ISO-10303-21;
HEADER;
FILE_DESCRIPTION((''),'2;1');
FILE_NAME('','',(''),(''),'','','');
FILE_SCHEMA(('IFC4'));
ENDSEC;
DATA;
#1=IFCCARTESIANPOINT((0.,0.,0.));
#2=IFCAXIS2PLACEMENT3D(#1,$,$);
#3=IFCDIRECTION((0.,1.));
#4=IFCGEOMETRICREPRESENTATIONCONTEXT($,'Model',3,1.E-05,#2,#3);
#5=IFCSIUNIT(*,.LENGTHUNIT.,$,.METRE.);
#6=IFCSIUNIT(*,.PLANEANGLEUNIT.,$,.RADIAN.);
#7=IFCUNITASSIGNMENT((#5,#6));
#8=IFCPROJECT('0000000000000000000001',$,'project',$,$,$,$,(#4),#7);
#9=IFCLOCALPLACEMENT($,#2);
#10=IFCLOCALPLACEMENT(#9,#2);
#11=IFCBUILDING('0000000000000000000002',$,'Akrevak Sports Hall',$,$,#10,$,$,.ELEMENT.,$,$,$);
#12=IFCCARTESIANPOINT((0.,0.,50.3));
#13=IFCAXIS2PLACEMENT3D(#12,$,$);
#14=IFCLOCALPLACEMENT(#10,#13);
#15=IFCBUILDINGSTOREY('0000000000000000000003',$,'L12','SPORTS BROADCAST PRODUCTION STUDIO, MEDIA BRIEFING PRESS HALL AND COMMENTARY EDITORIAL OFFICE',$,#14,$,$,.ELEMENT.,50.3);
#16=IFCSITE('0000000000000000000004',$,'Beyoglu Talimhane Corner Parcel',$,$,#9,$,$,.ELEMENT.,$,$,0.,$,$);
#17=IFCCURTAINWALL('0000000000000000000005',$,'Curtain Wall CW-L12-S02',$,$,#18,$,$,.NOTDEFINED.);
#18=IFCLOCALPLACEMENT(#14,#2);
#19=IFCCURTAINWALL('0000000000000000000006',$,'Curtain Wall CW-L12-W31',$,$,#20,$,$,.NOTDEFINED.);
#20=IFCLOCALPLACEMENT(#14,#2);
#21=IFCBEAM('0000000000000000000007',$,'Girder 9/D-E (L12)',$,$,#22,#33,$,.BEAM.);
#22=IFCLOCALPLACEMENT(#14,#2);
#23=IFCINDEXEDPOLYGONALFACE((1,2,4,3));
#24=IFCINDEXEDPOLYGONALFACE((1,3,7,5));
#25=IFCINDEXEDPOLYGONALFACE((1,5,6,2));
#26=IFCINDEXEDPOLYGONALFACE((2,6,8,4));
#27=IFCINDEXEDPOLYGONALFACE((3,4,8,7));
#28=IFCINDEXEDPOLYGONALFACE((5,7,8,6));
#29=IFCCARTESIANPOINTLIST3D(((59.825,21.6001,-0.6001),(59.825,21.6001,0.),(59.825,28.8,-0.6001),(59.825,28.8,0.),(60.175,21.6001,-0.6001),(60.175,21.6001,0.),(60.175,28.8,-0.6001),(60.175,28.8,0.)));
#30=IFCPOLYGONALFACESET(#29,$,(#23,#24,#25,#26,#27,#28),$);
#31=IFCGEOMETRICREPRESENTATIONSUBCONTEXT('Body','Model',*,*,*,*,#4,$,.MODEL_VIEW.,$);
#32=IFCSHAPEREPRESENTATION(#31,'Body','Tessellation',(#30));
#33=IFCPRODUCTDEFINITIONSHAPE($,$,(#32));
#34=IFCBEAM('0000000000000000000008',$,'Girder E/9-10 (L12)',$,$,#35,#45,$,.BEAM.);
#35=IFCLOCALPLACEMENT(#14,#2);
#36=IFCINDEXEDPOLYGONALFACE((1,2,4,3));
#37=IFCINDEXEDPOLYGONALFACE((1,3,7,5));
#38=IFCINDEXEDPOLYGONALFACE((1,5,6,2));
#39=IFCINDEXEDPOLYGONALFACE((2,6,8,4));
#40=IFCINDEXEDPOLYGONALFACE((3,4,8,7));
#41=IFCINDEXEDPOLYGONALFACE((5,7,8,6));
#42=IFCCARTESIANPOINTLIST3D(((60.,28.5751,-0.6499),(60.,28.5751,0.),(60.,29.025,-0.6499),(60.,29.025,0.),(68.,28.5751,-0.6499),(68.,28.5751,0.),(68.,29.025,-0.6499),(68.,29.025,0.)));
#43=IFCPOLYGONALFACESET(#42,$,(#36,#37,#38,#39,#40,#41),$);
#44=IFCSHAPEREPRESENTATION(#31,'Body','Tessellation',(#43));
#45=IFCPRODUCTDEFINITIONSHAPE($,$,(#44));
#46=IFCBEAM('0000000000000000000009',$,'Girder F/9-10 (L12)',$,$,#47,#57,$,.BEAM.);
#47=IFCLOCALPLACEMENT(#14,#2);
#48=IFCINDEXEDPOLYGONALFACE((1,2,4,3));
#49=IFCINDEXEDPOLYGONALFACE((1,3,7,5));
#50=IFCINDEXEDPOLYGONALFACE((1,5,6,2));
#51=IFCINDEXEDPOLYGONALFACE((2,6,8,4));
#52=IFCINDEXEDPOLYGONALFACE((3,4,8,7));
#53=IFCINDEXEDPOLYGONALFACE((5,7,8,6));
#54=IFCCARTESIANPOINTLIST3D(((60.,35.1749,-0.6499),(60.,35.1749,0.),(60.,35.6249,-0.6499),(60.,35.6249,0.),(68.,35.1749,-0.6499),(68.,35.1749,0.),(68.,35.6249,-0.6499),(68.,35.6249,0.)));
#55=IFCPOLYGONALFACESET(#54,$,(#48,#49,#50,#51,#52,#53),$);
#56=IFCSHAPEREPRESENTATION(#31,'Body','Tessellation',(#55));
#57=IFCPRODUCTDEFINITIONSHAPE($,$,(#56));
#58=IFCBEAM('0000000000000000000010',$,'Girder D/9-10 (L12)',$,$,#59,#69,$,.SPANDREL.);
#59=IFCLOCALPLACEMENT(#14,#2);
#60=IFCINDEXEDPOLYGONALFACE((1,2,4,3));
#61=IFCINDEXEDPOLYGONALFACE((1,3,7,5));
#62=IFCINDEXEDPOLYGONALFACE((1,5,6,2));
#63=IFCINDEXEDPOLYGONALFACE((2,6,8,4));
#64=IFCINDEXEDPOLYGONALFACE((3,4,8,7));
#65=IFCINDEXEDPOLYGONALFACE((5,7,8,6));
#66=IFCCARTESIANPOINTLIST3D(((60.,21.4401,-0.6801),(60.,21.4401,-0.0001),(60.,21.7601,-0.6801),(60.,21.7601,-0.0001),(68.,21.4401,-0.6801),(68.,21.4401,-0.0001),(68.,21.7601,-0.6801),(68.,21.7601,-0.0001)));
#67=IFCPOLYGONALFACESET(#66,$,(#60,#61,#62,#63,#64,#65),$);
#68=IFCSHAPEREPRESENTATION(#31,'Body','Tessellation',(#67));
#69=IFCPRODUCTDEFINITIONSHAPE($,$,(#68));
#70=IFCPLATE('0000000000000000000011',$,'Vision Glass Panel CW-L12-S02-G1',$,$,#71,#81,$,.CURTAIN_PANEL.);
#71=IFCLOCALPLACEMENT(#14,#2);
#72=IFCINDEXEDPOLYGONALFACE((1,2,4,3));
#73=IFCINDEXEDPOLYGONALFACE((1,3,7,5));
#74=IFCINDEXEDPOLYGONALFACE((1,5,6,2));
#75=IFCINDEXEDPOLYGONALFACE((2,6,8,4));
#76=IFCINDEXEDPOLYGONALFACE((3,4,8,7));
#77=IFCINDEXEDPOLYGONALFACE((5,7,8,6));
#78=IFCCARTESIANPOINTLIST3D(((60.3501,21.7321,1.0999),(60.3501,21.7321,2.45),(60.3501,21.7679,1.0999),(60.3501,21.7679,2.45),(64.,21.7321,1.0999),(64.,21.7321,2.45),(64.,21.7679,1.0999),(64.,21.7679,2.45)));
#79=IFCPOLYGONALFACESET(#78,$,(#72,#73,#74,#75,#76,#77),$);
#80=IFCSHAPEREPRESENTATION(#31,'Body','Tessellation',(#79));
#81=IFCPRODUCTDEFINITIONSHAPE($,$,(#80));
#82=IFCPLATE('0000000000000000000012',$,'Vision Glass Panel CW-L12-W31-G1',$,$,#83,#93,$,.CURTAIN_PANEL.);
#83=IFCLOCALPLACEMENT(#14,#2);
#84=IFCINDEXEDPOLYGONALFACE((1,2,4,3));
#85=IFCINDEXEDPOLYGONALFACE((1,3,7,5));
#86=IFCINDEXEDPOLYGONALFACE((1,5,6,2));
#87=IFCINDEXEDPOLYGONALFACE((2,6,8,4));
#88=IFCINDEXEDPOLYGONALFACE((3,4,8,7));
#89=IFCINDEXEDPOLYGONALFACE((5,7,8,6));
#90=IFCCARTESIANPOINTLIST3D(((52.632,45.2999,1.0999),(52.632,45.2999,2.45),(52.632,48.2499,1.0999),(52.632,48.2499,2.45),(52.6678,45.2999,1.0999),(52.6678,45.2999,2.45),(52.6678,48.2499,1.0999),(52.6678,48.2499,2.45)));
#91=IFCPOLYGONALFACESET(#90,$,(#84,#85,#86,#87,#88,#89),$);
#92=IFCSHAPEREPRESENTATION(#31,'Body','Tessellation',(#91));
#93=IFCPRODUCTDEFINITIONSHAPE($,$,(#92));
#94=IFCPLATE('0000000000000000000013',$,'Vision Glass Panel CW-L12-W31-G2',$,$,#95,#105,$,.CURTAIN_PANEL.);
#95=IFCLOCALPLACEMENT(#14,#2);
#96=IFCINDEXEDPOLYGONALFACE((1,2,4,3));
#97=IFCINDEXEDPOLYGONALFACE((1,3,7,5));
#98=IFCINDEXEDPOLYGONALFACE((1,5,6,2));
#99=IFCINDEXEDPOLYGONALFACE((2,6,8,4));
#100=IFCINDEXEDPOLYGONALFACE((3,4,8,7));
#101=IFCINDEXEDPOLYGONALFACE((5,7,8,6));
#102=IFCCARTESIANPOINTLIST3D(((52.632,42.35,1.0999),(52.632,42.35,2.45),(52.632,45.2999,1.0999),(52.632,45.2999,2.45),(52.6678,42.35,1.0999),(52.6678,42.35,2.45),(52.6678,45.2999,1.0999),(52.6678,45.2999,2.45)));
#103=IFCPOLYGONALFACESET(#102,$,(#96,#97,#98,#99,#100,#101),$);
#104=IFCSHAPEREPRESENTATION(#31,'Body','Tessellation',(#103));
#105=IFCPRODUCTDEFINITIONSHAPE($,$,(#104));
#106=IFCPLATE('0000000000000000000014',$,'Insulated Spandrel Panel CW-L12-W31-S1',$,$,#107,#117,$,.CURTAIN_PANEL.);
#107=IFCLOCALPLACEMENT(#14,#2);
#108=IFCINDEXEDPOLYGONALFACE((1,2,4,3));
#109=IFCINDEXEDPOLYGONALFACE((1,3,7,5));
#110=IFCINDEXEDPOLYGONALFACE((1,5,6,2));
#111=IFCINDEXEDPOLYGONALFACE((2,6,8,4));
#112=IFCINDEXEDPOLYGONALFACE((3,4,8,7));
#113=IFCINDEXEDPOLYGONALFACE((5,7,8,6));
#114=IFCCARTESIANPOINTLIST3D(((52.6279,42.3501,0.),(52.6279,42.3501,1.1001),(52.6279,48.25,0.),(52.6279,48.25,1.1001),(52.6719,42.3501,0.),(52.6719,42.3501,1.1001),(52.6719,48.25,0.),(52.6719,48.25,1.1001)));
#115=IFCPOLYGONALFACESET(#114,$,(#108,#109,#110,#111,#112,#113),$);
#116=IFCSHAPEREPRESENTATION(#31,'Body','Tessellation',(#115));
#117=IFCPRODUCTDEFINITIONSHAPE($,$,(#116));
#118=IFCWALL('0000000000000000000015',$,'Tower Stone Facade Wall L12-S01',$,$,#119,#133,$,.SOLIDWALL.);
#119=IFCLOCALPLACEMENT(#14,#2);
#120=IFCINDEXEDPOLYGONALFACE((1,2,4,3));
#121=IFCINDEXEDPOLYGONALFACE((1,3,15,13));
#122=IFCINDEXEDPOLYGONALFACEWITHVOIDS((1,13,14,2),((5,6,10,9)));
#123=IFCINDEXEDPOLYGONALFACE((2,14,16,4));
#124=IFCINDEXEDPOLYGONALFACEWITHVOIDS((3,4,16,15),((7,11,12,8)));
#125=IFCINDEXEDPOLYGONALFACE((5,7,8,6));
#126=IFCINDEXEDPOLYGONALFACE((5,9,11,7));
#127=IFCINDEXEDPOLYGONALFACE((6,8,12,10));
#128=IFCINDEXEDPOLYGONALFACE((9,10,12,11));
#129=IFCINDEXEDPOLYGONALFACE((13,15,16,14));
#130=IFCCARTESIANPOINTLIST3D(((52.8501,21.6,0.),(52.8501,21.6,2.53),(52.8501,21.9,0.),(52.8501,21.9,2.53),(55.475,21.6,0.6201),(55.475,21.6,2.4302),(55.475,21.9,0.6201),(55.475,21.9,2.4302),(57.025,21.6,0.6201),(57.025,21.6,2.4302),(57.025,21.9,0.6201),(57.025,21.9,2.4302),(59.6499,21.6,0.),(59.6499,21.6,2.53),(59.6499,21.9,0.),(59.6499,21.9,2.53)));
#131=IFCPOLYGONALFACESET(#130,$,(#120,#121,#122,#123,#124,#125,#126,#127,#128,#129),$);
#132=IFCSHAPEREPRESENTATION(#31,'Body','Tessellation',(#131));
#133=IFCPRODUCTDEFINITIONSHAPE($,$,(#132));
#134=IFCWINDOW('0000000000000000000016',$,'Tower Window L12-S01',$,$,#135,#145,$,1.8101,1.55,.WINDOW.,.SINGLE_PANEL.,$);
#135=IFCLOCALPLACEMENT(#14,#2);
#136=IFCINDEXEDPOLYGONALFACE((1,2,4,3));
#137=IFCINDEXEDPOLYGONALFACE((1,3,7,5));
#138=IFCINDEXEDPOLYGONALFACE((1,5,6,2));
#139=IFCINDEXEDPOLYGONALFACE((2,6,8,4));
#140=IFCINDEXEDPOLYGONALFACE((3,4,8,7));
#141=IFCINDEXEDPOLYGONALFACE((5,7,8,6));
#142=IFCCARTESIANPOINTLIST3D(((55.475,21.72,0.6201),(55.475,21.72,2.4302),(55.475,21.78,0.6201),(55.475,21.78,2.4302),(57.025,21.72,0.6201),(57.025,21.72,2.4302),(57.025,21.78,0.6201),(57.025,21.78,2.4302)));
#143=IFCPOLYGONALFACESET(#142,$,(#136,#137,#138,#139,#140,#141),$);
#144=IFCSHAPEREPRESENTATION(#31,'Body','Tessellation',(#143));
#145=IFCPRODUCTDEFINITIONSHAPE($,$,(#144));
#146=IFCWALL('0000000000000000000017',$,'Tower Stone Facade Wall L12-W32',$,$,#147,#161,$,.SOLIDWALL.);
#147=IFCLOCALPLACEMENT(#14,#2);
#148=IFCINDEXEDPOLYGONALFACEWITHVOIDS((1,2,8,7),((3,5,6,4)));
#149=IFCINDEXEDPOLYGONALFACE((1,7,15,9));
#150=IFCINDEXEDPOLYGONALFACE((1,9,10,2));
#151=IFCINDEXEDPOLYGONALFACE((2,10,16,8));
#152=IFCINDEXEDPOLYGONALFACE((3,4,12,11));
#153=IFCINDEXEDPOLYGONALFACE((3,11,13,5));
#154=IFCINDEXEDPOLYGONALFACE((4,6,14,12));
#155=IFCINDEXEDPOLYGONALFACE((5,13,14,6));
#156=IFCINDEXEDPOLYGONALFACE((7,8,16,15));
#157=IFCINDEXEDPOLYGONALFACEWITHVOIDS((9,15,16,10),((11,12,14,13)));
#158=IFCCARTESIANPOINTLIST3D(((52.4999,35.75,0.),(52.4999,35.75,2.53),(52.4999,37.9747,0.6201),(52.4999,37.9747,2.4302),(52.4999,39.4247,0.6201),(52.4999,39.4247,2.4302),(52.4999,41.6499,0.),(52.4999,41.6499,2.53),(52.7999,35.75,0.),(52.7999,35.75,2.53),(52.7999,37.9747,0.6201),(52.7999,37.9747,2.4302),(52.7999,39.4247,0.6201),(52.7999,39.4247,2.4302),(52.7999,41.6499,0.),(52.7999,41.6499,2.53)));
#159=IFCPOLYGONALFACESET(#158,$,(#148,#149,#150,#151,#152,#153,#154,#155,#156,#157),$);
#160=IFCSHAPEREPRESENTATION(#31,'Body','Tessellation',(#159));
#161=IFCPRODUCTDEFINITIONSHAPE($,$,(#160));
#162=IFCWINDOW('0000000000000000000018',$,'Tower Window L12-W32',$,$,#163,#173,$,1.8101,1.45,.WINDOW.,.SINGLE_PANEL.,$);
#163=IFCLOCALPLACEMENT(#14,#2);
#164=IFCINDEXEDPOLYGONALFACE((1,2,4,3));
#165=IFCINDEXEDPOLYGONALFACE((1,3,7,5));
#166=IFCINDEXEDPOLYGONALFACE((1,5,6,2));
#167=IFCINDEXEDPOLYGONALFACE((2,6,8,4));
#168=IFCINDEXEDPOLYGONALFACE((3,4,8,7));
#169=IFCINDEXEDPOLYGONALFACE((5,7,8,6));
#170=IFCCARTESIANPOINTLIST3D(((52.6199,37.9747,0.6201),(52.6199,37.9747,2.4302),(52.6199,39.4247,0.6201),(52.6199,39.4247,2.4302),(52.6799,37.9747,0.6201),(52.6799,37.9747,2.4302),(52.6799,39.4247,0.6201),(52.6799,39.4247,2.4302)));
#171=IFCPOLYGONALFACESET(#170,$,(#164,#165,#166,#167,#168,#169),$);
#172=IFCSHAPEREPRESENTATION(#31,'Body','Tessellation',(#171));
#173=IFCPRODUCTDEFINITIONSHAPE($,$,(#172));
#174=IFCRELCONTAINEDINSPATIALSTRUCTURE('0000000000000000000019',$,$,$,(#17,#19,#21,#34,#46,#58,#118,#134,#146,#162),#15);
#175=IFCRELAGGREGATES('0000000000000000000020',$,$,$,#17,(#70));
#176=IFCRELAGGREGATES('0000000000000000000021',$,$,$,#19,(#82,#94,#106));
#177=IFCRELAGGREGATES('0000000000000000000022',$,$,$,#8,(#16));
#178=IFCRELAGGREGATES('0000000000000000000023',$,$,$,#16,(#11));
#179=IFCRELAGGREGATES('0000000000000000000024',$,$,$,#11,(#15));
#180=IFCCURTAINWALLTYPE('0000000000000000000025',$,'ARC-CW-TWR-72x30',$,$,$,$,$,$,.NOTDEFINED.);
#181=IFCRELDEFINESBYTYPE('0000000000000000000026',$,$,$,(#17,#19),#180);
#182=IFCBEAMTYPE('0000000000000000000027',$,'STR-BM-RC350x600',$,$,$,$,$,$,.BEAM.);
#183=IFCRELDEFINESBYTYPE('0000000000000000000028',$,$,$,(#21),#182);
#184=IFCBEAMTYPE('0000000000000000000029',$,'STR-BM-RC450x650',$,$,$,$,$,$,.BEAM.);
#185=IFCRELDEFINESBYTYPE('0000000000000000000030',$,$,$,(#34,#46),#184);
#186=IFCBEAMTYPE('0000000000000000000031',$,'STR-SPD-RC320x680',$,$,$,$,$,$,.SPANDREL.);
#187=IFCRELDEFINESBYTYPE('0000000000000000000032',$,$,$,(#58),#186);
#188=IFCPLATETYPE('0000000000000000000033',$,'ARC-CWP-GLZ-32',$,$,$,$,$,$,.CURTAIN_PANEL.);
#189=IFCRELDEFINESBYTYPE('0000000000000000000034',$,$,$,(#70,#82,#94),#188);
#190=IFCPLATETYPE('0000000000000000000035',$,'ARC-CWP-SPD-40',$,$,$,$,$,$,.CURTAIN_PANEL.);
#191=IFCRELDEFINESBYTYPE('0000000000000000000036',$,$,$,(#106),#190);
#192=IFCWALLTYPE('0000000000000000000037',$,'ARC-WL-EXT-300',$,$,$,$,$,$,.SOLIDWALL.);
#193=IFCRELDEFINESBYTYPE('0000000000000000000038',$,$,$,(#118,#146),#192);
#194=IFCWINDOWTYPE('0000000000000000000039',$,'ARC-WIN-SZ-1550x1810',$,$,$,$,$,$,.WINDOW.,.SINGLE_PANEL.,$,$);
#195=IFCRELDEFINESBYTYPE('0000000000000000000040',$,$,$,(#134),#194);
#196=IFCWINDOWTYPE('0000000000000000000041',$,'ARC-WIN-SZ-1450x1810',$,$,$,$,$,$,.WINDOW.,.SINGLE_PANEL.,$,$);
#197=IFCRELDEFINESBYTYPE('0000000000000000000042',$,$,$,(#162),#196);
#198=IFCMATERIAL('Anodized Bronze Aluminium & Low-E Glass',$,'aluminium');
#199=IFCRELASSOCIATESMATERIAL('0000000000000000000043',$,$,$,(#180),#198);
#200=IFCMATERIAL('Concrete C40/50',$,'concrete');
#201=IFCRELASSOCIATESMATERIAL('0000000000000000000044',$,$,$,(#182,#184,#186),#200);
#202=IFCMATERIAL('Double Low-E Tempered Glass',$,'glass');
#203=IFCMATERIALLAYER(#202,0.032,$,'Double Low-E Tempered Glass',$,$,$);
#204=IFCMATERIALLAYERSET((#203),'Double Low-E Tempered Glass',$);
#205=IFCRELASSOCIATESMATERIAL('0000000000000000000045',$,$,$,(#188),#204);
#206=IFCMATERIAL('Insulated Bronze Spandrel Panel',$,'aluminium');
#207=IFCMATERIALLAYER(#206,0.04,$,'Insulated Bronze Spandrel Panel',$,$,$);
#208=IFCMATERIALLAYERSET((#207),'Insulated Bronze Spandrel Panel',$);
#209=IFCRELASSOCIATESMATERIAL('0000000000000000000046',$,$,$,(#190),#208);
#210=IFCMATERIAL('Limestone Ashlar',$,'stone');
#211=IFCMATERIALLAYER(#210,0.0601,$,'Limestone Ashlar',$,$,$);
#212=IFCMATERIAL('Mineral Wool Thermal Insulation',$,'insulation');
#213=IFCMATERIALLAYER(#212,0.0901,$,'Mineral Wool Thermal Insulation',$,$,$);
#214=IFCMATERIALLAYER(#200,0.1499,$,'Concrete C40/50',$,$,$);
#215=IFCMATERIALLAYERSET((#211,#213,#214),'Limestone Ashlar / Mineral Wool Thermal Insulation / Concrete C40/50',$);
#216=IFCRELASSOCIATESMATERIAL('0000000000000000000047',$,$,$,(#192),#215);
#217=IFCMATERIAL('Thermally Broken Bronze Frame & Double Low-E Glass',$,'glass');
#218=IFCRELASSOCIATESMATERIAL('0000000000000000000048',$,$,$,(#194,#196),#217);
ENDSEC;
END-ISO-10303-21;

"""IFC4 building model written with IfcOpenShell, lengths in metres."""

from ifc_helpers import new_model, si_unit, direction, frame, frame_2d, origin, origin_2d, place, context, subcontext, project, spatial, rectangle, extrude, material, layer, layer_set, material_profile, profile_set, type_object, element, fill, aggregate, save


model = new_model("IFC4")

# Units and contexts
model_context = context("Model", 3, precision=1e-05, world=origin(), true_north=direction((0.0, 1.0)))
body_context = subcontext(model_context, "Body", "Model", "MODEL_VIEW")
ifc_project = project(units=[si_unit("LENGTHUNIT", "METRE"), si_unit("PLANEANGLEUNIT", "RADIAN")], contexts=[model_context])

# Site, building, storey
site_placement = place(None, origin())
site = spatial("IfcSite", under=ifc_project, at=site_placement, Name="Beyoglu Talimhane Corner Parcel", CompositionType="ELEMENT", RefElevation=0.0)
building_placement = place(site_placement, origin())
building = spatial("IfcBuilding", under=site, at=building_placement, Name="Akrevak Sports Hall", CompositionType="ELEMENT")
storey_placement = place(building_placement, frame((0.0, 0.0, 50.3)))
storey = spatial("IfcBuildingStorey", under=building, at=storey_placement, Name="L12", Description="SPORTS BROADCAST PRODUCTION STUDIO, MEDIA BRIEFING PRESS HALL AND COMMENTARY EDITORIAL OFFICE", CompositionType="ELEMENT", Elevation=50.3)

# Shared definitions
ifc_material_1 = material(Name="Concrete C40/50", Category="concrete")

# Curtain wall
ifc_material_2 = material(Name="Anodized Bronze Aluminium & Low-E Glass", Category="aluminium")
curtain_wall_type = type_object("IfcCurtainWallType", Name="ARC-CW-TWR-72x30", PredefinedType="NOTDEFINED", material=ifc_material_2)
curtain_wall_1_placement = place(storey_placement, origin())
curtain_wall_1 = element("IfcCurtainWall", 1, at=curtain_wall_1_placement, inside=storey, type_object=curtain_wall_type, Name="Curtain Wall CW-L12-S02", PredefinedType="NOTDEFINED")

# Curtain wall
curtain_wall_2_placement = place(storey_placement, origin())
curtain_wall_2 = element("IfcCurtainWall", 2, at=curtain_wall_2_placement, inside=storey, type_object=curtain_wall_type, Name="Curtain Wall CW-L12-W31", PredefinedType="NOTDEFINED")

# Beams
ifc_material_profile_1 = material_profile(ifc_material_1, rectangle(XDim=0.3501, YDim=0.6001, at=origin_2d()), Name="BM 350x600", Category="concrete")
ifc_profile_set_1 = profile_set([ifc_material_profile_1], Name="Concrete C40/50")
beam_type_1 = type_object("IfcBeamType", Name="STR-BM-RC350x600", PredefinedType="BEAM", material=ifc_profile_set_1)
beam_1_placement = place(storey_placement, frame((60.0, 21.6001, -0.3), z_axis=(0.0, 1.0, 0.0), x_axis=(-1.0, 0.0, 0.0)))
element("IfcBeam", 3, at=beam_1_placement, inside=storey, type_object=beam_type_1, Name="Girder 9/D-E (L12)", PredefinedType="BEAM", context=body_context, shape_type="SweptSolid", body=[
    extrude(rectangle(XDim=0.3501, YDim=0.6001, at=origin_2d()), origin(), (0.0, 0.0, 1.0), 7.2),
])
ifc_material_profile_2 = material_profile(ifc_material_1, rectangle(XDim=0.45, YDim=0.6499, at=origin_2d()), Name="BM 450x650", Category="concrete")
ifc_profile_set_2 = profile_set([ifc_material_profile_2], Name="Concrete C40/50")
beam_type_2 = type_object("IfcBeamType", Name="STR-BM-RC450x650", PredefinedType="BEAM", material=ifc_profile_set_2)
for number, where, z_axis, x_axis, name in (
    (4, (60.0, 28.8, -0.325), (1.0, 0.0, 0.0), (0.0, 1.0, 0.0), "Girder E/9-10 (L12)"),
    (5, (60.0, 35.3999, -0.325), (1.0, 0.0, 0.0), (0.0, 1.0, 0.0), "Girder F/9-10 (L12)"),
):
    element("IfcBeam", number, at=place(storey_placement, frame(where, z_axis=z_axis, x_axis=x_axis)), inside=storey, type_object=beam_type_2, Name=name, PredefinedType="BEAM", context=body_context, shape_type="SweptSolid", body=[
        extrude(rectangle(XDim=0.45, YDim=0.6499, at=origin_2d()), origin(), (0.0, 0.0, 1.0), 8.0),
    ])
ifc_material_profile_3 = material_profile(ifc_material_1, rectangle(XDim=0.3201, YDim=0.6799, at=origin_2d()), Name="SPD 320x680", Category="concrete")
ifc_profile_set_3 = profile_set([ifc_material_profile_3], Name="Concrete C40/50")
beam_type_3 = type_object("IfcBeamType", Name="STR-SPD-RC320x680", PredefinedType="SPANDREL", material=ifc_profile_set_3)
beam_2_placement = place(storey_placement, frame((60.0, 21.6001, -0.3401), z_axis=(1.0, 0.0, 0.0), x_axis=(0.0, 1.0, 0.0)))
element("IfcBeam", 6, at=beam_2_placement, inside=storey, type_object=beam_type_3, Name="Girder D/9-10 (L12)", PredefinedType="SPANDREL", context=body_context, shape_type="SweptSolid", body=[
    extrude(rectangle(XDim=0.3201, YDim=0.6799, at=origin_2d()), origin(), (0.0, 0.0, 1.0), 8.0),
])

# Plates
ifc_material_3 = material(Name="Double Low-E Tempered Glass", Category="glass")
ifc_layer_1 = layer(ifc_material_3, 0.032, Name="Double Low-E Tempered Glass")
ifc_layer_set_1 = layer_set([ifc_layer_1], Name="Double Low-E Tempered Glass")
plate_type_1 = type_object("IfcPlateType", Name="ARC-CWP-GLZ-32", PredefinedType="CURTAIN_PANEL", material=ifc_layer_set_1)
plate_1_placement = place(storey_placement, frame((62.175, 21.75, 1.0999), z_axis=(0.0, 0.0, 1.0), x_axis=(1.0, 0.0, 0.0)))
plate_1 = element("IfcPlate", 7, at=plate_1_placement, type_object=plate_type_1, Name="Vision Glass Panel CW-L12-S02-G1", PredefinedType="CURTAIN_PANEL", context=body_context, shape_type="SweptSolid", body=[
    extrude(rectangle(XDim=3.6499, YDim=0.0359, at=origin_2d()), origin(), (0.0, 0.0, 1.0), 1.3501),
])
aggregate(curtain_wall_1, [plate_1])
plate_2_placement = place(storey_placement, frame((52.6499, 46.7749, 1.0999), z_axis=(0.0, 0.0, 1.0), x_axis=(0.0, -1.0, 0.0)))
plate_2 = element("IfcPlate", 8, at=plate_2_placement, type_object=plate_type_1, Name="Vision Glass Panel CW-L12-W31-G1", PredefinedType="CURTAIN_PANEL", context=body_context, shape_type="SweptSolid", body=[
    extrude(rectangle(XDim=2.95, YDim=0.0359, at=origin_2d()), origin(), (0.0, 0.0, 1.0), 1.3501),
])
plate_3_placement = place(storey_placement, frame((52.6499, 43.825, 1.0999), z_axis=(0.0, 0.0, 1.0), x_axis=(0.0, -1.0, 0.0)))
plate_3 = element("IfcPlate", 9, at=plate_3_placement, type_object=plate_type_1, Name="Vision Glass Panel CW-L12-W31-G2", PredefinedType="CURTAIN_PANEL", context=body_context, shape_type="SweptSolid", body=[
    extrude(rectangle(XDim=2.95, YDim=0.0359, at=origin_2d()), origin(), (0.0, 0.0, 1.0), 1.3501),
])
ifc_material_4 = material(Name="Insulated Bronze Spandrel Panel", Category="aluminium")
ifc_layer_2 = layer(ifc_material_4, 0.04, Name="Insulated Bronze Spandrel Panel")
ifc_layer_set_2 = layer_set([ifc_layer_2], Name="Insulated Bronze Spandrel Panel")
plate_type_2 = type_object("IfcPlateType", Name="ARC-CWP-SPD-40", PredefinedType="CURTAIN_PANEL", material=ifc_layer_set_2)
plate_4_placement = place(storey_placement, frame((52.6499, 45.3, 0.0), z_axis=(0.0, 0.0, 1.0), x_axis=(0.0, -1.0, 0.0)))
plate_4 = element("IfcPlate", 10, at=plate_4_placement, type_object=plate_type_2, Name="Insulated Spandrel Panel CW-L12-W31-S1", PredefinedType="CURTAIN_PANEL", context=body_context, shape_type="SweptSolid", body=[
    extrude(rectangle(XDim=5.8999, YDim=0.0439, at=origin_2d()), origin(), (0.0, 0.0, 1.0), 1.1001),
])
aggregate(curtain_wall_2, [plate_2, plate_3, plate_4])

# Walls, openings, windows
ifc_material_5 = material(Name="Limestone Ashlar", Category="stone")
ifc_layer_3 = layer(ifc_material_5, 0.0601, Name="Limestone Ashlar")
ifc_material_6 = material(Name="Mineral Wool Thermal Insulation", Category="insulation")
ifc_layer_4 = layer(ifc_material_6, 0.0901, Name="Mineral Wool Thermal Insulation")
ifc_layer_5 = layer(ifc_material_1, 0.1499, Name="Concrete C40/50")
ifc_layer_set_3 = layer_set([ifc_layer_3, ifc_layer_4, ifc_layer_5], Name="Limestone Ashlar / Mineral Wool Thermal Insulation / Concrete C40/50")
wall_type = type_object("IfcWallType", Name="ARC-WL-EXT-300", PredefinedType="SOLIDWALL", material=ifc_layer_set_3)
wall_1_placement = place(storey_placement, frame((52.8501, 21.75, 0.0), z_axis=(0.0, 0.0, 1.0), x_axis=(1.0, 0.0, 0.0)))
wall_1 = element("IfcWall", 11, at=wall_1_placement, inside=storey, type_object=wall_type, Name="Tower Stone Facade Wall L12-S01", PredefinedType="SOLIDWALL", context=body_context, shape_type="SweptSolid", body=[
    extrude(rectangle(XDim=6.7998, YDim=0.3, at=frame_2d((3.3999, 0.0))), origin(), (0.0, 0.0, 1.0), 2.53),
])
opening_1_placement = place(wall_1_placement, frame((2.625, 0.0, 0.6201)))
opening_1 = element("IfcOpeningElement", 12, at=opening_1_placement, cuts=wall_1, PredefinedType="OPENING", context=body_context, shape_type="SweptSolid", body=[
    extrude(rectangle(XDim=1.55, YDim=1.8101, at=frame_2d((0.7749, 0.905))), frame((0.0, 0.1621, 0.0), z_axis=(0.0, -1.0, 0.0), x_axis=(1.0, 0.0, 0.0)), (0.0, 0.0, 1.0), 0.324),
])
ifc_material_7 = material(Name="Thermally Broken Bronze Frame & Double Low-E Glass", Category="glass")
window_type_1 = type_object("IfcWindowType", Name="ARC-WIN-SZ-1550x1810", PartitioningType="SINGLE_PANEL", PredefinedType="WINDOW", material=ifc_material_7)
window_1_placement = place(opening_1_placement, origin())
window_1 = element("IfcWindow", 13, at=window_1_placement, inside=storey, type_object=window_type_1, Name="Tower Window L12-S01", OverallHeight=1.8101, OverallWidth=1.55, PartitioningType="SINGLE_PANEL", PredefinedType="WINDOW", context=body_context, shape_type="SweptSolid", body=[
    extrude(rectangle(XDim=1.55, YDim=1.8101, at=frame_2d((0.7749, 0.905))), frame((0.0, 0.03, 0.0), z_axis=(0.0, -1.0, 0.0), x_axis=(1.0, 0.0, 0.0)), (0.0, 0.0, 1.0), 0.0601),
])
fill(opening_1, window_1)
wall_2_placement = place(storey_placement, frame((52.6499, 41.6499, 0.0), z_axis=(0.0, 0.0, 1.0), x_axis=(0.0, -1.0, 0.0)))
wall_2 = element("IfcWall", 14, at=wall_2_placement, inside=storey, type_object=wall_type, Name="Tower Stone Facade Wall L12-W32", PredefinedType="SOLIDWALL", context=body_context, shape_type="SweptSolid", body=[
    extrude(rectangle(XDim=5.8999, YDim=0.3, at=frame_2d((2.95, 0.0))), origin(), (0.0, 0.0, 1.0), 2.53),
])
opening_2_placement = place(wall_2_placement, frame((2.2251, 0.0, 0.6201)))
opening_2 = element("IfcOpeningElement", 15, at=opening_2_placement, cuts=wall_2, PredefinedType="OPENING", context=body_context, shape_type="SweptSolid", body=[
    extrude(rectangle(XDim=1.45, YDim=1.8101, at=frame_2d((0.7251, 0.905))), frame((0.0, 0.1621, 0.0), z_axis=(0.0, -1.0, 0.0), x_axis=(1.0, 0.0, 0.0)), (0.0, 0.0, 1.0), 0.324),
])
window_type_2 = type_object("IfcWindowType", Name="ARC-WIN-SZ-1450x1810", PartitioningType="SINGLE_PANEL", PredefinedType="WINDOW", material=ifc_material_7)
window_2_placement = place(opening_2_placement, origin())
window_2 = element("IfcWindow", 16, at=window_2_placement, inside=storey, type_object=window_type_2, Name="Tower Window L12-W32", OverallHeight=1.8101, OverallWidth=1.45, PartitioningType="SINGLE_PANEL", PredefinedType="WINDOW", context=body_context, shape_type="SweptSolid", body=[
    extrude(rectangle(XDim=1.45, YDim=1.8101, at=frame_2d((0.7251, 0.905))), frame((0.0, 0.03, 0.0), z_axis=(0.0, -1.0, 0.0), x_axis=(1.0, 0.0, 0.0)), (0.0, 0.0, 1.0), 0.0601),
])
fill(opening_2, window_2)

save(model, "model.ifc")
